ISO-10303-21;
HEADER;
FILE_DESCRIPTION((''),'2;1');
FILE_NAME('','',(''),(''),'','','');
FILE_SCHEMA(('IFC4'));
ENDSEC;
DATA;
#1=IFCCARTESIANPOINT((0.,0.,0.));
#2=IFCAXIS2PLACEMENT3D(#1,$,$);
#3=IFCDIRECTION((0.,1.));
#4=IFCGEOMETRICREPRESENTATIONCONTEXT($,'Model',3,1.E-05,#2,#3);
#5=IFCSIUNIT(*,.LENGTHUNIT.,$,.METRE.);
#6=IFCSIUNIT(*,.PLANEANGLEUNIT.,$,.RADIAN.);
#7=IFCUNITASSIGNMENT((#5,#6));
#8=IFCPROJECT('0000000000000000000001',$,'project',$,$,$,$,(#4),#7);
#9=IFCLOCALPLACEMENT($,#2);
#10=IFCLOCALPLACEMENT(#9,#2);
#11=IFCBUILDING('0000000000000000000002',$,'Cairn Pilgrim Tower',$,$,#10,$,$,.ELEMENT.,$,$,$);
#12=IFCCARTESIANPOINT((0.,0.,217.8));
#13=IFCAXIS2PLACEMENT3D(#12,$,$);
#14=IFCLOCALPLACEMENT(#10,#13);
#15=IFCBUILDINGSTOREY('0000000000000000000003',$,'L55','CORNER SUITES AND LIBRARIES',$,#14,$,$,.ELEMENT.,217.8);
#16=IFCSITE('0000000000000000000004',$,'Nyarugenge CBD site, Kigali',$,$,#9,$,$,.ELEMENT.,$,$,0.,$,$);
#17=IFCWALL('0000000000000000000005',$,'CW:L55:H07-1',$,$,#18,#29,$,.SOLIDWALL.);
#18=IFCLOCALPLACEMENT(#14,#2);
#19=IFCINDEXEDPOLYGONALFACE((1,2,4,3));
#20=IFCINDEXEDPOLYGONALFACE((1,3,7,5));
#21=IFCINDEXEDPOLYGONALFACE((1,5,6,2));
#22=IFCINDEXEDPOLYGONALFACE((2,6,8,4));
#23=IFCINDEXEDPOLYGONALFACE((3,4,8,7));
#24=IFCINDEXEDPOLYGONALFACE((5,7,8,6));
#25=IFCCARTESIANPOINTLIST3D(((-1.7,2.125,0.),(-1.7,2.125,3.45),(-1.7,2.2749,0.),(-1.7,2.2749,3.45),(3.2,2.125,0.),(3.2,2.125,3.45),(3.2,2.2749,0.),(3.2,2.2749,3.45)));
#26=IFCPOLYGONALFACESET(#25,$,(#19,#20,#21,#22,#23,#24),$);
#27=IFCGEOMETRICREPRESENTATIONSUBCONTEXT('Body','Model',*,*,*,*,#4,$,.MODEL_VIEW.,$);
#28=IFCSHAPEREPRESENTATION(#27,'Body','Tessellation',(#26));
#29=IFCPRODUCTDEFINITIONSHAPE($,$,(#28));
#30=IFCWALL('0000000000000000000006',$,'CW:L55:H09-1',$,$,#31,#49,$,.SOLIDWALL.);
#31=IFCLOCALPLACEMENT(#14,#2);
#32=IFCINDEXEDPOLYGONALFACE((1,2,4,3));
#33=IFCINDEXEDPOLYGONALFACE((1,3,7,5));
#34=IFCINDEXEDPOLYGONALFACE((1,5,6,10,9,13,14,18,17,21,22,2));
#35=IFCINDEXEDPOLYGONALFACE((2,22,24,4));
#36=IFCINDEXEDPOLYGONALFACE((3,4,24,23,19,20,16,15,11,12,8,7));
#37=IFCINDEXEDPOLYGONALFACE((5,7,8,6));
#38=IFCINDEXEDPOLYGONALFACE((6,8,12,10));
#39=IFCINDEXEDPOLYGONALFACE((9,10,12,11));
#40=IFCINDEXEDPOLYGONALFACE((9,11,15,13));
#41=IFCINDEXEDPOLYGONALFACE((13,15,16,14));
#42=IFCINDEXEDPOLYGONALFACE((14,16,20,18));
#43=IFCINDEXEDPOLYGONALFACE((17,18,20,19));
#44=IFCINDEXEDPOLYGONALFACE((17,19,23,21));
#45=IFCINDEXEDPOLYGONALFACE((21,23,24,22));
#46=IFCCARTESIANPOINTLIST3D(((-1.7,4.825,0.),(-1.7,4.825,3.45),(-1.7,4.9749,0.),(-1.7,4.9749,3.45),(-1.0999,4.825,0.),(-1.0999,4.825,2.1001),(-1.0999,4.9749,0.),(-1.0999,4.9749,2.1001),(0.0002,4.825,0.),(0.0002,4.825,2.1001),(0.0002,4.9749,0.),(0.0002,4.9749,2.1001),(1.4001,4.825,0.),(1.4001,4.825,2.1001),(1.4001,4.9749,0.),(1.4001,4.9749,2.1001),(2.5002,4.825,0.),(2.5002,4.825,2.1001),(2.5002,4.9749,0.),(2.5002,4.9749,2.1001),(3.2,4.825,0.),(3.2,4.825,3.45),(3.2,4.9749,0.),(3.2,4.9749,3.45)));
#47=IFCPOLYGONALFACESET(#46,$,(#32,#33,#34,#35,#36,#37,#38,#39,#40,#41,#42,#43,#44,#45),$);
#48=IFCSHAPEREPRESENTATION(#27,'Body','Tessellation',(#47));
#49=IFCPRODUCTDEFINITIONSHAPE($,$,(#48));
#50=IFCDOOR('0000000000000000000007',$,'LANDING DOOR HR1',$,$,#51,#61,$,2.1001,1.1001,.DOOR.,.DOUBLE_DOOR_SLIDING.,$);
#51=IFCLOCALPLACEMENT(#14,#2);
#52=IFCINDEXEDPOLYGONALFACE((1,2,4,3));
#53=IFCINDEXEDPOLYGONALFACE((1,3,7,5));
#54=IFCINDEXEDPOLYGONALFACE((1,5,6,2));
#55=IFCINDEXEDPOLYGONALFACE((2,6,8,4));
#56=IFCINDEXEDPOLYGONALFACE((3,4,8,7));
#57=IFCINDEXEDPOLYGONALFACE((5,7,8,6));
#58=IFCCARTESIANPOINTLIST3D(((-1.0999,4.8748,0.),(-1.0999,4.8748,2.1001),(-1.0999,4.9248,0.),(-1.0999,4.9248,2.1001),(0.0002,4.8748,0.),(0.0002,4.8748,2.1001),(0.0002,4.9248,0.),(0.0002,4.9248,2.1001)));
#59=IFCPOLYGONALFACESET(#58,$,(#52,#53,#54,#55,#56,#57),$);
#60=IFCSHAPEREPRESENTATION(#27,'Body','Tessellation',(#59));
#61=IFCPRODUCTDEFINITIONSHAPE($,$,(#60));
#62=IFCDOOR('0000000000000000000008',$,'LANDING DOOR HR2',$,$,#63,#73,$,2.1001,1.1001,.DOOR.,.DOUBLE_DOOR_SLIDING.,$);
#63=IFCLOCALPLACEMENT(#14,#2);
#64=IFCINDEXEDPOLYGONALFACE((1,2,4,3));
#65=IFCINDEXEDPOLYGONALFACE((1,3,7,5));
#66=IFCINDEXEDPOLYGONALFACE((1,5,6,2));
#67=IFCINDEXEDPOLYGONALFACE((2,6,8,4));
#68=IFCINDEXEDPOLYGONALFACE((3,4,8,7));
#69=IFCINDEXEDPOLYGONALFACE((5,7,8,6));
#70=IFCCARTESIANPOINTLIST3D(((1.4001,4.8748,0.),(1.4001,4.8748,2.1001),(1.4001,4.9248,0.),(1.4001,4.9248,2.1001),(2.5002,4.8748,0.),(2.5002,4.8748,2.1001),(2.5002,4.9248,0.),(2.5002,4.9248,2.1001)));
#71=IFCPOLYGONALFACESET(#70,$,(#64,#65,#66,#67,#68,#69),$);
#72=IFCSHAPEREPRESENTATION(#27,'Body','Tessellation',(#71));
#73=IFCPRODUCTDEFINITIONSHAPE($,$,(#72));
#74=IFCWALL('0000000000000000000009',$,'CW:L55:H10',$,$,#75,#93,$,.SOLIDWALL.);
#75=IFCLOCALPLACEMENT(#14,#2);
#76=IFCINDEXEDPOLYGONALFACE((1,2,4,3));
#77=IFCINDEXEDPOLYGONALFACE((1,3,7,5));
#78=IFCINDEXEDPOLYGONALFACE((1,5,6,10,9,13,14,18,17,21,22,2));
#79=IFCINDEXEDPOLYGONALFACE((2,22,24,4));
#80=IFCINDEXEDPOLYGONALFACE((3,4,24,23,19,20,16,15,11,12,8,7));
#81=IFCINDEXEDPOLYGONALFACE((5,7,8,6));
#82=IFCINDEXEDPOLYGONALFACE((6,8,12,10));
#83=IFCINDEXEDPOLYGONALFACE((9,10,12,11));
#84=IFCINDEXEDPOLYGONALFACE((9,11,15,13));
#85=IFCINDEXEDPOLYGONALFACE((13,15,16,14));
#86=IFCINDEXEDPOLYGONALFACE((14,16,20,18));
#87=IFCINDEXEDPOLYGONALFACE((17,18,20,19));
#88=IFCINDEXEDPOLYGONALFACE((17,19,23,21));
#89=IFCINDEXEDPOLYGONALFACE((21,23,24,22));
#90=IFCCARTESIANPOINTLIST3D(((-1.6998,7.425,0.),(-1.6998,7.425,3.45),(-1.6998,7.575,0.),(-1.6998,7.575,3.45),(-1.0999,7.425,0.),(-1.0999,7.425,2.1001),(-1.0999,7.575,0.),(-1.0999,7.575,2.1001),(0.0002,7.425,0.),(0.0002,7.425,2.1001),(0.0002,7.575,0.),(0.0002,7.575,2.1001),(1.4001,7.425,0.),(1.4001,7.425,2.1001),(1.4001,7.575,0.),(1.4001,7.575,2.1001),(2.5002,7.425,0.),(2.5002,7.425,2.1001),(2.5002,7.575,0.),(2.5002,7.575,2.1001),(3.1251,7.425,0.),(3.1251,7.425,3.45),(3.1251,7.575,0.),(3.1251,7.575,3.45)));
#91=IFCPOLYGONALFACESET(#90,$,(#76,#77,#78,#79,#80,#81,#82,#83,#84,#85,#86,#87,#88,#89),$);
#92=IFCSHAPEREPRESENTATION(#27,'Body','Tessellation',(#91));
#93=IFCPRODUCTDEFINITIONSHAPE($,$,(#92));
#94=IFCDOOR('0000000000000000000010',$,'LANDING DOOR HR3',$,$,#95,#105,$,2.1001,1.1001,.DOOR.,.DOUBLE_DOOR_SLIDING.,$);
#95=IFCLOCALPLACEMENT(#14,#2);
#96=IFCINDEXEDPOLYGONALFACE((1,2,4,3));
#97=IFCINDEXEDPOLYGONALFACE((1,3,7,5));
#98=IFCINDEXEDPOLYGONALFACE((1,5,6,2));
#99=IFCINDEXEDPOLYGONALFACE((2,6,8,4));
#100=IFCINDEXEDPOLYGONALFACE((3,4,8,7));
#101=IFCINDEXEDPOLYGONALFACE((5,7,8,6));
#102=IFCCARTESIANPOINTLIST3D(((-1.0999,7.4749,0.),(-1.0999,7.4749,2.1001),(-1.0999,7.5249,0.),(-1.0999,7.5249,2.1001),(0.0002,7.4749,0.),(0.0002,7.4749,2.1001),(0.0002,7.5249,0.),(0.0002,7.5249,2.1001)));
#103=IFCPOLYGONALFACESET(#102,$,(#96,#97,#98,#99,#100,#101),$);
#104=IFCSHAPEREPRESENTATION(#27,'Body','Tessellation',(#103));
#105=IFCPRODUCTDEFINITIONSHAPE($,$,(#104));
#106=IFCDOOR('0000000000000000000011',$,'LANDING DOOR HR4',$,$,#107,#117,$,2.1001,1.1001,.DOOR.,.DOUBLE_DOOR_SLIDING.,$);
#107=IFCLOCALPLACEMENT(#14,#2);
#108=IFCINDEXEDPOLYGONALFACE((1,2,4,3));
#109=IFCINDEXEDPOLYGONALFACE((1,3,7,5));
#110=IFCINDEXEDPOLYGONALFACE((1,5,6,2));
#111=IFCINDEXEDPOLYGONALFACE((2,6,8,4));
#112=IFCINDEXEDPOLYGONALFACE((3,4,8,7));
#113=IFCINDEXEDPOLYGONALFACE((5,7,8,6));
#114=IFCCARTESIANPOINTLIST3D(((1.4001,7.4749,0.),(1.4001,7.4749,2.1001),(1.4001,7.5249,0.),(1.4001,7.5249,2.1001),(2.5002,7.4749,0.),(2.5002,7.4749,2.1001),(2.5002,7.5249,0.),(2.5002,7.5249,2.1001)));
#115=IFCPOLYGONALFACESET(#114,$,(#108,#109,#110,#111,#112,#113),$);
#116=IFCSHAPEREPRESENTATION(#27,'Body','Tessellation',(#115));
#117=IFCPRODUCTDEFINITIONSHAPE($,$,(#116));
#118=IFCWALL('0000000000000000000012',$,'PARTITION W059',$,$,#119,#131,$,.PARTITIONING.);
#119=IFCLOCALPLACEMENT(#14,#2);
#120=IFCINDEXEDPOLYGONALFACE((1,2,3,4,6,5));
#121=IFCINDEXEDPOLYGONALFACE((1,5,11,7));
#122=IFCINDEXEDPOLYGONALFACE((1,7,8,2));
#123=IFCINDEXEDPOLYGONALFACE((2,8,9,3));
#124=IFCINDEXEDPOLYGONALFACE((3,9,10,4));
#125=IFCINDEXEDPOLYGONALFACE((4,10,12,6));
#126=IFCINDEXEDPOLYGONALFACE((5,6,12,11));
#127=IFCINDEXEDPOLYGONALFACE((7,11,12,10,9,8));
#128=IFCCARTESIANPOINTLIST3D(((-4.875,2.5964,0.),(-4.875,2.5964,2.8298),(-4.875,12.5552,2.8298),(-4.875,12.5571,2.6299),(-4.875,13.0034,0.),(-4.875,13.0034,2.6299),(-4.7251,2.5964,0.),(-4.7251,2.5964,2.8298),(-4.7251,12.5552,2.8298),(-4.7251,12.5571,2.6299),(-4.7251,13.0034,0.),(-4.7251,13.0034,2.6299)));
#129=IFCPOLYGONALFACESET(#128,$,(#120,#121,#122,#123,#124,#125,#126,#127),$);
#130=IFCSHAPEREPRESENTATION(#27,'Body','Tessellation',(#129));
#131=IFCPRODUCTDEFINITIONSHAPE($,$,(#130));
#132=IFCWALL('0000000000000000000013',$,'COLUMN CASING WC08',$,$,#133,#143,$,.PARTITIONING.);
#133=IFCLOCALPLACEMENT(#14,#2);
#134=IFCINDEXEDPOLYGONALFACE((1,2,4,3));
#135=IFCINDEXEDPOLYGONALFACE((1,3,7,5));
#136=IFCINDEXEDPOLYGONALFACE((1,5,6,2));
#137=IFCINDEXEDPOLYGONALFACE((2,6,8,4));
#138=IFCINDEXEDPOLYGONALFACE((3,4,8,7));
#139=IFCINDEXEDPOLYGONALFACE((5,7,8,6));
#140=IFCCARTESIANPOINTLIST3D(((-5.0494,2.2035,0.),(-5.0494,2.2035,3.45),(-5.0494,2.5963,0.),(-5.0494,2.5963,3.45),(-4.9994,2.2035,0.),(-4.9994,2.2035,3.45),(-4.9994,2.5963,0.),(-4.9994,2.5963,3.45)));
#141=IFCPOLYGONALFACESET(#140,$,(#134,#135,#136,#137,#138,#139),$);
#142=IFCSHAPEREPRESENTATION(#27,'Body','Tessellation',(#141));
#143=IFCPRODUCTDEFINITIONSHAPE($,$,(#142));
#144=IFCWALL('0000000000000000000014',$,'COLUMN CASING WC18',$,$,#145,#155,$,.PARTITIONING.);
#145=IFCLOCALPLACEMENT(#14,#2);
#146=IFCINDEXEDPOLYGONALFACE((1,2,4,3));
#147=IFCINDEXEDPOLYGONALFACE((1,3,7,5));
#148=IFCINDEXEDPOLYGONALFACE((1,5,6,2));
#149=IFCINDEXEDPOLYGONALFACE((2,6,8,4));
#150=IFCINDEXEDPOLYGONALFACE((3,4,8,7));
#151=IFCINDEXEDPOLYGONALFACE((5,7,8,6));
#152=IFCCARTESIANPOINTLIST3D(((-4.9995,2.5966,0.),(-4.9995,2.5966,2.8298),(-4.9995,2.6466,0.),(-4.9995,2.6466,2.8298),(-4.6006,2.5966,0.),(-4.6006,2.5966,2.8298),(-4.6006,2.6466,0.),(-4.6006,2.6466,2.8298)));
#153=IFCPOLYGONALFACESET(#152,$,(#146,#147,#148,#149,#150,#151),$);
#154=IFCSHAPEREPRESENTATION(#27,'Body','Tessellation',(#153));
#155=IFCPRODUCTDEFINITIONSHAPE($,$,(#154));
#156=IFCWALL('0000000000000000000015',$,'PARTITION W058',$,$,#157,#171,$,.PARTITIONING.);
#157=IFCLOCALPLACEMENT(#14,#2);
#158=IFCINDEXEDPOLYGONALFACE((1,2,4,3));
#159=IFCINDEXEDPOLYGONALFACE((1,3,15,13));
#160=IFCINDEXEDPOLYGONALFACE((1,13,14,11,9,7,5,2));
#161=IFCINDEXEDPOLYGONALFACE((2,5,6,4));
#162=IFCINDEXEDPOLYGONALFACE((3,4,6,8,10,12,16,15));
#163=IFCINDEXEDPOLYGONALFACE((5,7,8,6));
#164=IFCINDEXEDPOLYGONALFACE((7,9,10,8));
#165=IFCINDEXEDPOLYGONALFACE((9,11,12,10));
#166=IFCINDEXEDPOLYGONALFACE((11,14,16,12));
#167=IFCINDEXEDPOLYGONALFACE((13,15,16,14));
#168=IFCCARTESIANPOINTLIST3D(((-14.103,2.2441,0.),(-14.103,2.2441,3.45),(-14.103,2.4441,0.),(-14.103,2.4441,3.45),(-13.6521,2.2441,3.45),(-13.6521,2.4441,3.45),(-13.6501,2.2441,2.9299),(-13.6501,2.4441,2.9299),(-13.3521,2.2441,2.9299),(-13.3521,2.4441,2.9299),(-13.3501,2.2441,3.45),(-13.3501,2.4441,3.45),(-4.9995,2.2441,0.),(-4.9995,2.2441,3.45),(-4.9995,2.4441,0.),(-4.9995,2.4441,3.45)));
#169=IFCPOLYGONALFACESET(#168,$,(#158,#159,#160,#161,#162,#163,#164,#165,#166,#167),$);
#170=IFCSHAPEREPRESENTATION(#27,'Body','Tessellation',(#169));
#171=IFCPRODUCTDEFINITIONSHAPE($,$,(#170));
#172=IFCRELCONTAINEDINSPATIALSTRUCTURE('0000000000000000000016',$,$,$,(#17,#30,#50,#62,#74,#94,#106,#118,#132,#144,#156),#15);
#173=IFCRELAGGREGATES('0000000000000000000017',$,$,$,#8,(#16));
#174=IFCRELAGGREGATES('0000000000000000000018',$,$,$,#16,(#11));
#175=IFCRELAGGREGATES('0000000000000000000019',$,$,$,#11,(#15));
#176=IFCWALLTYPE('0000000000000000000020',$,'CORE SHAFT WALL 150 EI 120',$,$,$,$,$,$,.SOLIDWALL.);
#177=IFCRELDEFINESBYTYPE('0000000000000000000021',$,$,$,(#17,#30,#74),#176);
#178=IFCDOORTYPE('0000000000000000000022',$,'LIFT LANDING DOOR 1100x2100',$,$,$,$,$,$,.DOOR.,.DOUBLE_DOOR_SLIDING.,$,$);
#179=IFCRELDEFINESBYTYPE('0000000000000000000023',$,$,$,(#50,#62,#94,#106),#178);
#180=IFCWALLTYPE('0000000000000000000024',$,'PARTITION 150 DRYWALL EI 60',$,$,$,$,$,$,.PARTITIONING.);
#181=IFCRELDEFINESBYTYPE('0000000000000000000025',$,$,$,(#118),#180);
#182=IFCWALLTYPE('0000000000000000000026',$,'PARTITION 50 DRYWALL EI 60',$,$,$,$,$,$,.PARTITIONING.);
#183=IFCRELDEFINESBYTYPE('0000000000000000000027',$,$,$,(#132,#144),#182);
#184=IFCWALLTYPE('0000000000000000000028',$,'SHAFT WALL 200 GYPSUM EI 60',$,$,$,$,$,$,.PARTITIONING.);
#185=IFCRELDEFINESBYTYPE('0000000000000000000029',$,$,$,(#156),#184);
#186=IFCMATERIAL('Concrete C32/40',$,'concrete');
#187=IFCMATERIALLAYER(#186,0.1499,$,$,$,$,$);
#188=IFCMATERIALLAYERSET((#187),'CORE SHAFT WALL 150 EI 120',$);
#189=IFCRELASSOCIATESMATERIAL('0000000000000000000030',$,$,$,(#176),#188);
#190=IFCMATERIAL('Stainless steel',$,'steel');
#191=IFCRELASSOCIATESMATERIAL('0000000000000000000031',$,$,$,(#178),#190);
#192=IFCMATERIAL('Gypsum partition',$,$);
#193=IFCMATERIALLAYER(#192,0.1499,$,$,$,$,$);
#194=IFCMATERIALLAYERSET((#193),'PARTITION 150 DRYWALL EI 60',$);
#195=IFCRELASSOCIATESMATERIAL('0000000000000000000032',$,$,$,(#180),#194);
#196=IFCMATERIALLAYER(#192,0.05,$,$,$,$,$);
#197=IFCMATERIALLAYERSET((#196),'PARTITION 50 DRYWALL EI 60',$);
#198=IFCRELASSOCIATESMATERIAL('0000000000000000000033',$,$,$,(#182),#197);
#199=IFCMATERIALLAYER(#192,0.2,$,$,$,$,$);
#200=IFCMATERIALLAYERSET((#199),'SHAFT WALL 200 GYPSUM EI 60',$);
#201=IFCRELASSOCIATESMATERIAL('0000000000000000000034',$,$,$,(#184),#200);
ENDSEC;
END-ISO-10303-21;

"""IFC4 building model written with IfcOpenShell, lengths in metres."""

from ifc_helpers import new_model, si_unit, direction, frame, frame_2d, origin, place, context, subcontext, project, spatial, polyline, rectangle, outline, extrude, material, layer, layer_set, type_object, element, fill, save


model = new_model("IFC4")

# Units and contexts
model_context = context("Model", 3, precision=1e-05, world=origin(), true_north=direction((0.0, 1.0)))
body_context = subcontext(model_context, "Body", "Model", "MODEL_VIEW")
ifc_project = project(units=[si_unit("LENGTHUNIT", "METRE"), si_unit("PLANEANGLEUNIT", "RADIAN")], contexts=[model_context])

# Site, building, storey
site_placement = place(None, origin())
site = spatial("IfcSite", under=ifc_project, at=site_placement, Name="Nyarugenge CBD site, Kigali", CompositionType="ELEMENT", RefElevation=0.0)
building_placement = place(site_placement, origin())
building = spatial("IfcBuilding", under=site, at=building_placement, Name="Cairn Pilgrim Tower", CompositionType="ELEMENT")
storey_placement = place(building_placement, frame((0.0, 0.0, 217.8)))
storey = spatial("IfcBuildingStorey", under=building, at=storey_placement, Name="L55", Description="CORNER SUITES AND LIBRARIES", CompositionType="ELEMENT", Elevation=217.8)

# Shared definitions
ifc_material_1 = material(Name="Concrete C32/40", Category="concrete")

# Wall
ifc_layer_1 = layer(ifc_material_1, 0.1499)
ifc_layer_set_1 = layer_set([ifc_layer_1], Name="CORE SHAFT WALL 150 EI 120")
wall_type_1 = type_object("IfcWallType", Name="CORE SHAFT WALL 150 EI 120", PredefinedType="SOLIDWALL", material=ifc_layer_set_1)
wall_1_placement = place(storey_placement, frame((-1.7, 2.2, 0.0), z_axis=(0.0, 0.0, 1.0), x_axis=(1.0, 0.0, 0.0)))
element("IfcWall", 1, at=wall_1_placement, inside=storey, type_object=wall_type_1, Name="CW:L55:H07-1", PredefinedType="SOLIDWALL", context=body_context, shape_type="SweptSolid", body=[
    extrude(rectangle(XDim=4.8999, YDim=0.1499, at=frame_2d((2.45, 0.0))), origin(), (0.0, 0.0, 1.0), 3.45),
])

# Walls, openings, doors
wall_2_placement = place(storey_placement, frame((-1.7, 4.8999, 0.0), z_axis=(0.0, 0.0, 1.0), x_axis=(1.0, 0.0, 0.0)))
wall_2 = element("IfcWall", 2, at=wall_2_placement, inside=storey, type_object=wall_type_1, Name="CW:L55:H09-1", PredefinedType="SOLIDWALL", context=body_context, shape_type="SweptSolid", body=[
    extrude(rectangle(XDim=4.8999, YDim=0.1499, at=frame_2d((2.45, 0.0))), origin(), (0.0, 0.0, 1.0), 3.45),
])
opening_1_placement = place(wall_2_placement, frame((0.6001, 0.0, 0.0)))
opening_1 = element("IfcOpeningElement", 3, at=opening_1_placement, cuts=wall_2, PredefinedType="OPENING", context=body_context, shape_type="SweptSolid", body=[
    extrude(rectangle(XDim=1.1001, YDim=2.1001, at=frame_2d((0.55, 1.05))), frame((0.0, 0.085, 0.0), z_axis=(0.0, -1.0, 0.0), x_axis=(1.0, 0.0, 0.0)), (0.0, 0.0, 1.0), 0.1699),
])
opening_2_placement = place(wall_2_placement, frame((3.1001, 0.0, 0.0)))
opening_2 = element("IfcOpeningElement", 4, at=opening_2_placement, cuts=wall_2, PredefinedType="OPENING", context=body_context, shape_type="SweptSolid", body=[
    extrude(rectangle(XDim=1.1001, YDim=2.1001, at=frame_2d((0.55, 1.05))), frame((0.0, 0.085, 0.0), z_axis=(0.0, -1.0, 0.0), x_axis=(1.0, 0.0, 0.0)), (0.0, 0.0, 1.0), 0.1699),
])
ifc_material_2 = material(Name="Stainless steel", Category="steel")
door_type = type_object("IfcDoorType", Name="LIFT LANDING DOOR 1100x2100", OperationType="DOUBLE_DOOR_SLIDING", PredefinedType="DOOR", material=ifc_material_2)
door_1_placement = place(opening_1_placement, origin())
door_1 = element("IfcDoor", 5, at=door_1_placement, inside=storey, type_object=door_type, Name="LANDING DOOR HR1", OperationType="DOUBLE_DOOR_SLIDING", OverallHeight=2.1001, OverallWidth=1.1001, PredefinedType="DOOR", context=body_context, shape_type="SweptSolid", body=[
    extrude(rectangle(XDim=1.1001, YDim=2.1001, at=frame_2d((0.55, 1.05))), frame((0.0, 0.0249, 0.0), z_axis=(0.0, -1.0, 0.0), x_axis=(1.0, 0.0, 0.0)), (0.0, 0.0, 1.0), 0.05),
])
fill(opening_1, door_1)
door_2_placement = place(opening_2_placement, origin())
door_2 = element("IfcDoor", 6, at=door_2_placement, inside=storey, type_object=door_type, Name="LANDING DOOR HR2", OperationType="DOUBLE_DOOR_SLIDING", OverallHeight=2.1001, OverallWidth=1.1001, PredefinedType="DOOR", context=body_context, shape_type="SweptSolid", body=[
    extrude(rectangle(XDim=1.1001, YDim=2.1001, at=frame_2d((0.55, 1.05))), frame((0.0, 0.0249, 0.0), z_axis=(0.0, -1.0, 0.0), x_axis=(1.0, 0.0, 0.0)), (0.0, 0.0, 1.0), 0.05),
])
fill(opening_2, door_2)
wall_3_placement = place(storey_placement, frame((-1.7, 7.5, 0.0), z_axis=(0.0, 0.0, 1.0), x_axis=(1.0, 0.0, 0.0)))
wall_3 = element("IfcWall", 7, at=wall_3_placement, inside=storey, type_object=wall_type_1, Name="CW:L55:H10", PredefinedType="SOLIDWALL", context=body_context, shape_type="SweptSolid", body=[
    extrude(rectangle(XDim=4.825, YDim=0.1499, at=frame_2d((2.4126, 0.0))), origin(), (0.0, 0.0, 1.0), 3.45),
])
opening_3_placement = place(wall_3_placement, frame((0.6001, 0.0, 0.0)))
opening_3 = element("IfcOpeningElement", 8, at=opening_3_placement, cuts=wall_3, PredefinedType="OPENING", context=body_context, shape_type="SweptSolid", body=[
    extrude(rectangle(XDim=1.1001, YDim=2.1001, at=frame_2d((0.55, 1.05))), frame((0.0, 0.085, 0.0), z_axis=(0.0, -1.0, 0.0), x_axis=(1.0, 0.0, 0.0)), (0.0, 0.0, 1.0), 0.1699),
])
opening_4_placement = place(wall_3_placement, frame((3.1001, 0.0, 0.0)))
opening_4 = element("IfcOpeningElement", 9, at=opening_4_placement, cuts=wall_3, PredefinedType="OPENING", context=body_context, shape_type="SweptSolid", body=[
    extrude(rectangle(XDim=1.1001, YDim=2.1001, at=frame_2d((0.55, 1.05))), frame((0.0, 0.085, 0.0), z_axis=(0.0, -1.0, 0.0), x_axis=(1.0, 0.0, 0.0)), (0.0, 0.0, 1.0), 0.1699),
])
door_3_placement = place(opening_3_placement, origin())
door_3 = element("IfcDoor", 10, at=door_3_placement, inside=storey, type_object=door_type, Name="LANDING DOOR HR3", OperationType="DOUBLE_DOOR_SLIDING", OverallHeight=2.1001, OverallWidth=1.1001, PredefinedType="DOOR", context=body_context, shape_type="SweptSolid", body=[
    extrude(rectangle(XDim=1.1001, YDim=2.1001, at=frame_2d((0.55, 1.05))), frame((0.0, 0.0249, 0.0), z_axis=(0.0, -1.0, 0.0), x_axis=(1.0, 0.0, 0.0)), (0.0, 0.0, 1.0), 0.05),
])
fill(opening_3, door_3)
door_4_placement = place(opening_4_placement, origin())
door_4 = element("IfcDoor", 11, at=door_4_placement, inside=storey, type_object=door_type, Name="LANDING DOOR HR4", OperationType="DOUBLE_DOOR_SLIDING", OverallHeight=2.1001, OverallWidth=1.1001, PredefinedType="DOOR", context=body_context, shape_type="SweptSolid", body=[
    extrude(rectangle(XDim=1.1001, YDim=2.1001, at=frame_2d((0.55, 1.05))), frame((0.0, 0.0249, 0.0), z_axis=(0.0, -1.0, 0.0), x_axis=(1.0, 0.0, 0.0)), (0.0, 0.0, 1.0), 0.05),
])
fill(opening_4, door_4)

# Walls
ifc_material_3 = material(Name="Gypsum partition")
ifc_layer_2 = layer(ifc_material_3, 0.1499)
ifc_layer_set_2 = layer_set([ifc_layer_2], Name="PARTITION 150 DRYWALL EI 60")
wall_type_2 = type_object("IfcWallType", Name="PARTITION 150 DRYWALL EI 60", PredefinedType="PARTITIONING", material=ifc_layer_set_2)
wall_4_placement = place(storey_placement, frame((-4.8, 2.5964, 0.0), z_axis=(0.0, 0.0, 1.0), x_axis=(0.0, 1.0, 0.0)))
element("IfcWall", 12, at=wall_4_placement, inside=storey, type_object=wall_type_2, Name="PARTITION W059", PredefinedType="PARTITIONING", context=body_context, shape_type="SweptSolid", body=[
    extrude(outline(polyline([(0.0, 0.0), (10.407, 0.0), (10.407, 2.6299), (9.9607, 2.6299), (9.9587, 2.8298), (0.0, 2.8298), (0.0, 0.0)])), frame((0.0, 0.075, 0.0), z_axis=(0.0, -1.0, 0.0), x_axis=(1.0, 0.0, 0.0)), (0.0, 0.0, 1.0), 0.1499),
])
ifc_layer_3 = layer(ifc_material_3, 0.05)
ifc_layer_set_3 = layer_set([ifc_layer_3], Name="PARTITION 50 DRYWALL EI 60")
wall_type_3 = type_object("IfcWallType", Name="PARTITION 50 DRYWALL EI 60", PredefinedType="PARTITIONING", material=ifc_layer_set_3)
wall_5_placement = place(storey_placement, frame((-5.0244, 2.2036, 0.0), z_axis=(0.0, 0.0, 1.0), x_axis=(0.0, 1.0, 0.0)))
element("IfcWall", 13, at=wall_5_placement, inside=storey, type_object=wall_type_3, Name="COLUMN CASING WC08", PredefinedType="PARTITIONING", context=body_context, shape_type="SweptSolid", body=[
    extrude(rectangle(XDim=0.3928, YDim=0.05, at=frame_2d((0.1963, 0.0))), origin(), (0.0, 0.0, 1.0), 3.45),
])
wall_6_placement = place(storey_placement, frame((-4.9995, 2.6216, 0.0), z_axis=(0.0, 0.0, 1.0), x_axis=(1.0, 0.0, 0.0)))
element("IfcWall", 14, at=wall_6_placement, inside=storey, type_object=wall_type_3, Name="COLUMN CASING WC18", PredefinedType="PARTITIONING", context=body_context, shape_type="SweptSolid", body=[
    extrude(rectangle(XDim=0.3989, YDim=0.05, at=frame_2d((0.1995, 0.0))), origin(), (0.0, 0.0, 1.0), 2.8298),
])
ifc_layer_4 = layer(ifc_material_3, 0.2)
ifc_layer_set_4 = layer_set([ifc_layer_4], Name="SHAFT WALL 200 GYPSUM EI 60")
wall_type_4 = type_object("IfcWallType", Name="SHAFT WALL 200 GYPSUM EI 60", PredefinedType="PARTITIONING", material=ifc_layer_set_4)
wall_7_placement = place(storey_placement, frame((-14.103, 2.344, 0.0), z_axis=(0.0, 0.0, 1.0), x_axis=(1.0, 0.0, 0.0)))
element("IfcWall", 15, at=wall_7_placement, inside=storey, type_object=wall_type_4, Name="PARTITION W058", PredefinedType="PARTITIONING", context=body_context, shape_type="SweptSolid", body=[
    extrude(outline(polyline([(0.0, 0.0), (9.1035, 0.0), (9.1035, 3.45), (0.7529, 3.45), (0.751, 2.9299), (0.4529, 2.9299), (0.4509, 3.45), (0.0, 3.45), (0.0, 0.0)])), frame((0.0, 0.1001, 0.0), z_axis=(0.0, -1.0, 0.0), x_axis=(1.0, 0.0, 0.0)), (0.0, 0.0, 1.0), 0.2),
])

save(model, "model.ifc")
